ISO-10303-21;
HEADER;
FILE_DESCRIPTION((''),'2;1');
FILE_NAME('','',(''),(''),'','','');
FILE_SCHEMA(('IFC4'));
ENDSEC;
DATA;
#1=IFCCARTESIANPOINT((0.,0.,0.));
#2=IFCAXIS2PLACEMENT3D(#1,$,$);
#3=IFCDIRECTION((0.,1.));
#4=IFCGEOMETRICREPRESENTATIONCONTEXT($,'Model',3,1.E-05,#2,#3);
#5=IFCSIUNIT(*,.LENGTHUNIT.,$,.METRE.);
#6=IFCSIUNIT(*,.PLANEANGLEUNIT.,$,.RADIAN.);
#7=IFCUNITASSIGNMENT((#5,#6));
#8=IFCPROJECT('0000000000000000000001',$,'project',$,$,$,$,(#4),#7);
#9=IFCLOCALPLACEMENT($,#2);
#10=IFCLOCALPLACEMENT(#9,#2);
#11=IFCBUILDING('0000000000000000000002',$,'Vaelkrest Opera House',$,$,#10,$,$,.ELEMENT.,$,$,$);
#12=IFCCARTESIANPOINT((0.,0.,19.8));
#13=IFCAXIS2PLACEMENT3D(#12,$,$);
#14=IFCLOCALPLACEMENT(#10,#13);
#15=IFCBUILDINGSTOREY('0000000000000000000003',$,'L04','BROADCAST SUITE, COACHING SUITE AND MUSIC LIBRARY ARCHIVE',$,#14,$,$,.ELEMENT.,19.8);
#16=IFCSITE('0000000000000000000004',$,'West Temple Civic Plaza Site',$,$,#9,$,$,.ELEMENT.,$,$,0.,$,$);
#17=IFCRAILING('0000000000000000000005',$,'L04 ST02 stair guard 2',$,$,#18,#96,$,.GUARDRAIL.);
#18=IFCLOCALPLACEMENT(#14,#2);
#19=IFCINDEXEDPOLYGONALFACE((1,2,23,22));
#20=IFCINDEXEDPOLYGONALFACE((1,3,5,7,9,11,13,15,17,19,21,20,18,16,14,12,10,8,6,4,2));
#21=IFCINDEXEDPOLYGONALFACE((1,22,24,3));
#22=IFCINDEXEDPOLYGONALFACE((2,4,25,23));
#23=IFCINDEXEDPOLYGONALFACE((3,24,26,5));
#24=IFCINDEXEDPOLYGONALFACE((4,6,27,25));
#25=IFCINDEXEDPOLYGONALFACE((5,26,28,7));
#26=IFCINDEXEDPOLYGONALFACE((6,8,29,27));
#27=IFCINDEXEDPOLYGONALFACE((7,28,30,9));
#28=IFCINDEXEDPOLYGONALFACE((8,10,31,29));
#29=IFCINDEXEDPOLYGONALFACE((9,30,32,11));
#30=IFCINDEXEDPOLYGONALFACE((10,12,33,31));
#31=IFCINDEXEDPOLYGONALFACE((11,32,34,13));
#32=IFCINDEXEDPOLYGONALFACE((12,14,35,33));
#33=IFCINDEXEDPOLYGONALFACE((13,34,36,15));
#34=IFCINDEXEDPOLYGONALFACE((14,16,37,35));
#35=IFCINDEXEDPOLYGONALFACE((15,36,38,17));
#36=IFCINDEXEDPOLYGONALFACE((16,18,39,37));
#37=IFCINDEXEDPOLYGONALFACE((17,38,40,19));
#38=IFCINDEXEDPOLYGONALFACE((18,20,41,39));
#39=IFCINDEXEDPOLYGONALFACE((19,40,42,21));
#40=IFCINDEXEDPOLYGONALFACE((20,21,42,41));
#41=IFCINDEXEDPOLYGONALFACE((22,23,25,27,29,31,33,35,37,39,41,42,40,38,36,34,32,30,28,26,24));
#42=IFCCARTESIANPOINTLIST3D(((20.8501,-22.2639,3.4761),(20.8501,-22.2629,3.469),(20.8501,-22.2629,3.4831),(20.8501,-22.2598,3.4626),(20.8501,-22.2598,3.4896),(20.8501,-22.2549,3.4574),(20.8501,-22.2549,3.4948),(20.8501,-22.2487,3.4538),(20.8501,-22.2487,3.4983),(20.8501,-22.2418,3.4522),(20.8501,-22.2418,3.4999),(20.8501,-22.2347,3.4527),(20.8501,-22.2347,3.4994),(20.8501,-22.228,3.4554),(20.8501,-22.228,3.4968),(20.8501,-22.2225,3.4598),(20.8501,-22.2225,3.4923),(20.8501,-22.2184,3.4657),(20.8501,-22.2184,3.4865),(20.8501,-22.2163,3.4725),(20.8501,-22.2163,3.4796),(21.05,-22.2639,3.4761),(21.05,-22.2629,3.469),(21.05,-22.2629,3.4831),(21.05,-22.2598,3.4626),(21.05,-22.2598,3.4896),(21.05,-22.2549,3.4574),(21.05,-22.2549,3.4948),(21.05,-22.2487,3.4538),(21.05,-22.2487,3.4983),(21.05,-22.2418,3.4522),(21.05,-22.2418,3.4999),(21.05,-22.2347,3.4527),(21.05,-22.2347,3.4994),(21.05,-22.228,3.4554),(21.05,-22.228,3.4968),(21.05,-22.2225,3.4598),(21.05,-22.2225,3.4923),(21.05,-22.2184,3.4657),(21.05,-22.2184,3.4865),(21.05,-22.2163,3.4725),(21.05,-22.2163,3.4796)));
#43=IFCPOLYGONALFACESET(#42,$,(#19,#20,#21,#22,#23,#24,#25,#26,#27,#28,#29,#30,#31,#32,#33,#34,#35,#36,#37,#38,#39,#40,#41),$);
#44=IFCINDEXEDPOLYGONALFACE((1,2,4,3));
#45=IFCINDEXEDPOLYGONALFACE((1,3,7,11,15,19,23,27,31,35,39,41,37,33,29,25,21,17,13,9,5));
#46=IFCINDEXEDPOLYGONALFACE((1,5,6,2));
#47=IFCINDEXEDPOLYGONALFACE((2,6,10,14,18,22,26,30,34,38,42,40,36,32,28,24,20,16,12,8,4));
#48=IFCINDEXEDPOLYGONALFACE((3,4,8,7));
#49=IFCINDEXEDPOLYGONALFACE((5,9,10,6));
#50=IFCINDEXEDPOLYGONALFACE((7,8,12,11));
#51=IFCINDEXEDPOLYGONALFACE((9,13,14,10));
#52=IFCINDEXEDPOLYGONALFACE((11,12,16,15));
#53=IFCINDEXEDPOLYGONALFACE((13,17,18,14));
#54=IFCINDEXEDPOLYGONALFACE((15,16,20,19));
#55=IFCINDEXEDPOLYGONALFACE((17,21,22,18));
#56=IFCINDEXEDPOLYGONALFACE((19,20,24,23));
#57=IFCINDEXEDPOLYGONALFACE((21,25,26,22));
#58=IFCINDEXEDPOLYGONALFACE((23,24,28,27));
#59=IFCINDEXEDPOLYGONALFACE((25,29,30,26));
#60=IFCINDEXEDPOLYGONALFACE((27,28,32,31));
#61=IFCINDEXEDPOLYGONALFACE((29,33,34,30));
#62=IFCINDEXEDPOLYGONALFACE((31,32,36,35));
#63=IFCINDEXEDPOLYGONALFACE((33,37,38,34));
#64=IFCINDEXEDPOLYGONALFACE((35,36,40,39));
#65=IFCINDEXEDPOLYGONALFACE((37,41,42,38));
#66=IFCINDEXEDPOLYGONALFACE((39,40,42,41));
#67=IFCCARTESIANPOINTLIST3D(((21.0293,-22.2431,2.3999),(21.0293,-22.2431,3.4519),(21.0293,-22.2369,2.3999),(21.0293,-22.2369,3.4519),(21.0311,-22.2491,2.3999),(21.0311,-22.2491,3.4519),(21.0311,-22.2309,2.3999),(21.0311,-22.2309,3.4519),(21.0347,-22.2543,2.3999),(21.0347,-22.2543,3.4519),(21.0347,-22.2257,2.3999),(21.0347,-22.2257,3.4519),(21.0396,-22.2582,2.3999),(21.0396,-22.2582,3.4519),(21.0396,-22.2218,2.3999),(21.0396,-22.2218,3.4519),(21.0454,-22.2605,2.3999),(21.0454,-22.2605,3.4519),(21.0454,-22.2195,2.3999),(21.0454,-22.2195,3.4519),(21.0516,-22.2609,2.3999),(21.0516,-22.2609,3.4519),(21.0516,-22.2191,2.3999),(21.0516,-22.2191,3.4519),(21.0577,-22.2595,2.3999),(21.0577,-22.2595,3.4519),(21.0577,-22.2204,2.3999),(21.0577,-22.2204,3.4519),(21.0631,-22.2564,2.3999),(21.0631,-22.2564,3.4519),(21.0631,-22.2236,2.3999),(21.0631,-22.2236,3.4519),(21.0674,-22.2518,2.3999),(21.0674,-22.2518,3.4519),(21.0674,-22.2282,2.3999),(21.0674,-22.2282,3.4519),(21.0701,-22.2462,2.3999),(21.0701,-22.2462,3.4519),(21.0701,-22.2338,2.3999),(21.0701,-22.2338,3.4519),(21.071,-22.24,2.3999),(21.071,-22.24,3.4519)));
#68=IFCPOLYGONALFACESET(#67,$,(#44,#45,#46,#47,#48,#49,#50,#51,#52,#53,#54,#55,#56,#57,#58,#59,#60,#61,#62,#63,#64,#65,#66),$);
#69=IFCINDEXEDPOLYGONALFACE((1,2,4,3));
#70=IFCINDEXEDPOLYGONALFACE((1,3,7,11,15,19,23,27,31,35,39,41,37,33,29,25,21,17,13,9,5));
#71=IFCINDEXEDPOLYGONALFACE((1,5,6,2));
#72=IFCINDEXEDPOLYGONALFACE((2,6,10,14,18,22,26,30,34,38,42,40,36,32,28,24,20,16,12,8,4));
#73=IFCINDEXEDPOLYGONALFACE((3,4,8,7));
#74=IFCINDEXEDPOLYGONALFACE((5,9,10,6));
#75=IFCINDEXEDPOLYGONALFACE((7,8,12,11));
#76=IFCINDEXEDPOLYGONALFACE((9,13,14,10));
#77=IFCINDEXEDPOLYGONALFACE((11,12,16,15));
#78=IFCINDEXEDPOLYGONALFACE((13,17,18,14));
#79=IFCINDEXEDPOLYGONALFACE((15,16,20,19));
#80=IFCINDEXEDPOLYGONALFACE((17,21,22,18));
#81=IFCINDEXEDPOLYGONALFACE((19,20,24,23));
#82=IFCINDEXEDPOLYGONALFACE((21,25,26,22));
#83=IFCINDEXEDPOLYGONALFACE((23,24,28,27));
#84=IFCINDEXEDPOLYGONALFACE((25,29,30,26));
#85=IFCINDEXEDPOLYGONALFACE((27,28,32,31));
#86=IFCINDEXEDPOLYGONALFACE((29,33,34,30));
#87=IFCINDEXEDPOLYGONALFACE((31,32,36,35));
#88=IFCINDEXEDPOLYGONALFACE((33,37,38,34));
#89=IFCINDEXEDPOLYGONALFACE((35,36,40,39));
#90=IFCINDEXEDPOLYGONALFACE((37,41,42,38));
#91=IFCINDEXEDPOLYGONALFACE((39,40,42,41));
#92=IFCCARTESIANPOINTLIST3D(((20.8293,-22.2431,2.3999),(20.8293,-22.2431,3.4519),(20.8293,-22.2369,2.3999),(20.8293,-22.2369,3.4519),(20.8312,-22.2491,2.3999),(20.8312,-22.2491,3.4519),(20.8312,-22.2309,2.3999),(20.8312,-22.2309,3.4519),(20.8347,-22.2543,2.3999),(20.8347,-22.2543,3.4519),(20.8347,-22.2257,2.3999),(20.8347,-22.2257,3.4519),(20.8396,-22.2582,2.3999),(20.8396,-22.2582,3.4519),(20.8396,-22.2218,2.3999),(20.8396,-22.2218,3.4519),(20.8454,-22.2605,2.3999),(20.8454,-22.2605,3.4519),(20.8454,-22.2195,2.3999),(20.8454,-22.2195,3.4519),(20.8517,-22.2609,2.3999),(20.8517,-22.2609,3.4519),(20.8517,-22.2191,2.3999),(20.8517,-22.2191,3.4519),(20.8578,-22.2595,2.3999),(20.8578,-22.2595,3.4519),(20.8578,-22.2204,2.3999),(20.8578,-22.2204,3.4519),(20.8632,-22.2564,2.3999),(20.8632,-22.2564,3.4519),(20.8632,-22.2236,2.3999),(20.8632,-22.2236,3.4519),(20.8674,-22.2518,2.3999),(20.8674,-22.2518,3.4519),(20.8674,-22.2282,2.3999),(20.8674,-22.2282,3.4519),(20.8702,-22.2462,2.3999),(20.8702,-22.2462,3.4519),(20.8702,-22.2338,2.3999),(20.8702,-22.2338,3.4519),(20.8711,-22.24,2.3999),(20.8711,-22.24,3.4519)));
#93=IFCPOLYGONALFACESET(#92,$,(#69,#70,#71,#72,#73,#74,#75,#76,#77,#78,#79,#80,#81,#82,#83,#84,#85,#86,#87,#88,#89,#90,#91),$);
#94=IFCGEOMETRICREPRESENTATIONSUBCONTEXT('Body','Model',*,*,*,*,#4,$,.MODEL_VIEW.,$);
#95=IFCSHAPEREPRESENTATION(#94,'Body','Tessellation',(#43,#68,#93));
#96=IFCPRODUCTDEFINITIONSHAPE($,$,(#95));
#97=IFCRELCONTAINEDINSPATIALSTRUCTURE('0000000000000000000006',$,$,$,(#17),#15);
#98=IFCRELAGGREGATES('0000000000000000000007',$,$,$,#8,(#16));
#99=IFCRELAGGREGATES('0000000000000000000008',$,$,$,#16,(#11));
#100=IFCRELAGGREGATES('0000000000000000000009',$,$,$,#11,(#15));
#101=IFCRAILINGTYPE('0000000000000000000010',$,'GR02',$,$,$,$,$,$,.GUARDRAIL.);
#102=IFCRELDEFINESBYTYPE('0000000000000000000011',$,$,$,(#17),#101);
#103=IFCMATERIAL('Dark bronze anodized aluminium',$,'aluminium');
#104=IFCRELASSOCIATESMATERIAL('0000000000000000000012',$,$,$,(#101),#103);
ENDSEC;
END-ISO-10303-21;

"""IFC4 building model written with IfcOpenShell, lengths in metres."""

from ifc_helpers import new_model, si_unit, direction, frame, origin, origin_2d, place, context, subcontext, project, spatial, circle, extrude, material, type_object, element, save


model = new_model("IFC4")

# Units and contexts
model_context = context("Model", 3, precision=1e-05, world=origin(), true_north=direction((0.0, 1.0)))
body_context = subcontext(model_context, "Body", "Model", "MODEL_VIEW")
ifc_project = project(units=[si_unit("LENGTHUNIT", "METRE"), si_unit("PLANEANGLEUNIT", "RADIAN")], contexts=[model_context])

# Site, building, storey
site_placement = place(None, origin())
site = spatial("IfcSite", under=ifc_project, at=site_placement, Name="West Temple Civic Plaza Site", CompositionType="ELEMENT", RefElevation=0.0)
building_placement = place(site_placement, origin())
building = spatial("IfcBuilding", under=site, at=building_placement, Name="Vaelkrest Opera House", CompositionType="ELEMENT")
storey_placement = place(building_placement, frame((0.0, 0.0, 19.8)))
storey = spatial("IfcBuildingStorey", under=building, at=storey_placement, Name="L04", Description="BROADCAST SUITE, COACHING SUITE AND MUSIC LIBRARY ARCHIVE", CompositionType="ELEMENT", Elevation=19.8)

# Railing
ifc_material_1 = material(Name="Dark bronze anodized aluminium", Category="aluminium")
railing_type = type_object("IfcRailingType", Name="GR02", PredefinedType="GUARDRAIL", material=ifc_material_1)
railing_1_placement = place(storey_placement, frame((21.05, -22.24, 2.3999)))
element("IfcRailing", 1, at=railing_1_placement, inside=storey, type_object=railing_type, Name="L04 ST02 stair guard 2", PredefinedType="GUARDRAIL", context=body_context, shape_type="SweptSolid", body=[
    extrude(circle(Radius=0.0239, at=origin_2d()), frame((0.0, 0.0, 1.0762), z_axis=(-1.0, 0.0, 0.0), x_axis=(0.0, -1.0, 0.0)), (0.0, 0.0, 1.0), 0.2),
    extrude(circle(Radius=0.021, at=origin_2d()), origin(), (0.0, 0.0, 1.0), 1.052),
    extrude(circle(Radius=0.021, at=origin_2d()), frame((-0.2, 0.0, 0.0)), (0.0, 0.0, 1.0), 1.052),
])

save(model, "model.ifc")
